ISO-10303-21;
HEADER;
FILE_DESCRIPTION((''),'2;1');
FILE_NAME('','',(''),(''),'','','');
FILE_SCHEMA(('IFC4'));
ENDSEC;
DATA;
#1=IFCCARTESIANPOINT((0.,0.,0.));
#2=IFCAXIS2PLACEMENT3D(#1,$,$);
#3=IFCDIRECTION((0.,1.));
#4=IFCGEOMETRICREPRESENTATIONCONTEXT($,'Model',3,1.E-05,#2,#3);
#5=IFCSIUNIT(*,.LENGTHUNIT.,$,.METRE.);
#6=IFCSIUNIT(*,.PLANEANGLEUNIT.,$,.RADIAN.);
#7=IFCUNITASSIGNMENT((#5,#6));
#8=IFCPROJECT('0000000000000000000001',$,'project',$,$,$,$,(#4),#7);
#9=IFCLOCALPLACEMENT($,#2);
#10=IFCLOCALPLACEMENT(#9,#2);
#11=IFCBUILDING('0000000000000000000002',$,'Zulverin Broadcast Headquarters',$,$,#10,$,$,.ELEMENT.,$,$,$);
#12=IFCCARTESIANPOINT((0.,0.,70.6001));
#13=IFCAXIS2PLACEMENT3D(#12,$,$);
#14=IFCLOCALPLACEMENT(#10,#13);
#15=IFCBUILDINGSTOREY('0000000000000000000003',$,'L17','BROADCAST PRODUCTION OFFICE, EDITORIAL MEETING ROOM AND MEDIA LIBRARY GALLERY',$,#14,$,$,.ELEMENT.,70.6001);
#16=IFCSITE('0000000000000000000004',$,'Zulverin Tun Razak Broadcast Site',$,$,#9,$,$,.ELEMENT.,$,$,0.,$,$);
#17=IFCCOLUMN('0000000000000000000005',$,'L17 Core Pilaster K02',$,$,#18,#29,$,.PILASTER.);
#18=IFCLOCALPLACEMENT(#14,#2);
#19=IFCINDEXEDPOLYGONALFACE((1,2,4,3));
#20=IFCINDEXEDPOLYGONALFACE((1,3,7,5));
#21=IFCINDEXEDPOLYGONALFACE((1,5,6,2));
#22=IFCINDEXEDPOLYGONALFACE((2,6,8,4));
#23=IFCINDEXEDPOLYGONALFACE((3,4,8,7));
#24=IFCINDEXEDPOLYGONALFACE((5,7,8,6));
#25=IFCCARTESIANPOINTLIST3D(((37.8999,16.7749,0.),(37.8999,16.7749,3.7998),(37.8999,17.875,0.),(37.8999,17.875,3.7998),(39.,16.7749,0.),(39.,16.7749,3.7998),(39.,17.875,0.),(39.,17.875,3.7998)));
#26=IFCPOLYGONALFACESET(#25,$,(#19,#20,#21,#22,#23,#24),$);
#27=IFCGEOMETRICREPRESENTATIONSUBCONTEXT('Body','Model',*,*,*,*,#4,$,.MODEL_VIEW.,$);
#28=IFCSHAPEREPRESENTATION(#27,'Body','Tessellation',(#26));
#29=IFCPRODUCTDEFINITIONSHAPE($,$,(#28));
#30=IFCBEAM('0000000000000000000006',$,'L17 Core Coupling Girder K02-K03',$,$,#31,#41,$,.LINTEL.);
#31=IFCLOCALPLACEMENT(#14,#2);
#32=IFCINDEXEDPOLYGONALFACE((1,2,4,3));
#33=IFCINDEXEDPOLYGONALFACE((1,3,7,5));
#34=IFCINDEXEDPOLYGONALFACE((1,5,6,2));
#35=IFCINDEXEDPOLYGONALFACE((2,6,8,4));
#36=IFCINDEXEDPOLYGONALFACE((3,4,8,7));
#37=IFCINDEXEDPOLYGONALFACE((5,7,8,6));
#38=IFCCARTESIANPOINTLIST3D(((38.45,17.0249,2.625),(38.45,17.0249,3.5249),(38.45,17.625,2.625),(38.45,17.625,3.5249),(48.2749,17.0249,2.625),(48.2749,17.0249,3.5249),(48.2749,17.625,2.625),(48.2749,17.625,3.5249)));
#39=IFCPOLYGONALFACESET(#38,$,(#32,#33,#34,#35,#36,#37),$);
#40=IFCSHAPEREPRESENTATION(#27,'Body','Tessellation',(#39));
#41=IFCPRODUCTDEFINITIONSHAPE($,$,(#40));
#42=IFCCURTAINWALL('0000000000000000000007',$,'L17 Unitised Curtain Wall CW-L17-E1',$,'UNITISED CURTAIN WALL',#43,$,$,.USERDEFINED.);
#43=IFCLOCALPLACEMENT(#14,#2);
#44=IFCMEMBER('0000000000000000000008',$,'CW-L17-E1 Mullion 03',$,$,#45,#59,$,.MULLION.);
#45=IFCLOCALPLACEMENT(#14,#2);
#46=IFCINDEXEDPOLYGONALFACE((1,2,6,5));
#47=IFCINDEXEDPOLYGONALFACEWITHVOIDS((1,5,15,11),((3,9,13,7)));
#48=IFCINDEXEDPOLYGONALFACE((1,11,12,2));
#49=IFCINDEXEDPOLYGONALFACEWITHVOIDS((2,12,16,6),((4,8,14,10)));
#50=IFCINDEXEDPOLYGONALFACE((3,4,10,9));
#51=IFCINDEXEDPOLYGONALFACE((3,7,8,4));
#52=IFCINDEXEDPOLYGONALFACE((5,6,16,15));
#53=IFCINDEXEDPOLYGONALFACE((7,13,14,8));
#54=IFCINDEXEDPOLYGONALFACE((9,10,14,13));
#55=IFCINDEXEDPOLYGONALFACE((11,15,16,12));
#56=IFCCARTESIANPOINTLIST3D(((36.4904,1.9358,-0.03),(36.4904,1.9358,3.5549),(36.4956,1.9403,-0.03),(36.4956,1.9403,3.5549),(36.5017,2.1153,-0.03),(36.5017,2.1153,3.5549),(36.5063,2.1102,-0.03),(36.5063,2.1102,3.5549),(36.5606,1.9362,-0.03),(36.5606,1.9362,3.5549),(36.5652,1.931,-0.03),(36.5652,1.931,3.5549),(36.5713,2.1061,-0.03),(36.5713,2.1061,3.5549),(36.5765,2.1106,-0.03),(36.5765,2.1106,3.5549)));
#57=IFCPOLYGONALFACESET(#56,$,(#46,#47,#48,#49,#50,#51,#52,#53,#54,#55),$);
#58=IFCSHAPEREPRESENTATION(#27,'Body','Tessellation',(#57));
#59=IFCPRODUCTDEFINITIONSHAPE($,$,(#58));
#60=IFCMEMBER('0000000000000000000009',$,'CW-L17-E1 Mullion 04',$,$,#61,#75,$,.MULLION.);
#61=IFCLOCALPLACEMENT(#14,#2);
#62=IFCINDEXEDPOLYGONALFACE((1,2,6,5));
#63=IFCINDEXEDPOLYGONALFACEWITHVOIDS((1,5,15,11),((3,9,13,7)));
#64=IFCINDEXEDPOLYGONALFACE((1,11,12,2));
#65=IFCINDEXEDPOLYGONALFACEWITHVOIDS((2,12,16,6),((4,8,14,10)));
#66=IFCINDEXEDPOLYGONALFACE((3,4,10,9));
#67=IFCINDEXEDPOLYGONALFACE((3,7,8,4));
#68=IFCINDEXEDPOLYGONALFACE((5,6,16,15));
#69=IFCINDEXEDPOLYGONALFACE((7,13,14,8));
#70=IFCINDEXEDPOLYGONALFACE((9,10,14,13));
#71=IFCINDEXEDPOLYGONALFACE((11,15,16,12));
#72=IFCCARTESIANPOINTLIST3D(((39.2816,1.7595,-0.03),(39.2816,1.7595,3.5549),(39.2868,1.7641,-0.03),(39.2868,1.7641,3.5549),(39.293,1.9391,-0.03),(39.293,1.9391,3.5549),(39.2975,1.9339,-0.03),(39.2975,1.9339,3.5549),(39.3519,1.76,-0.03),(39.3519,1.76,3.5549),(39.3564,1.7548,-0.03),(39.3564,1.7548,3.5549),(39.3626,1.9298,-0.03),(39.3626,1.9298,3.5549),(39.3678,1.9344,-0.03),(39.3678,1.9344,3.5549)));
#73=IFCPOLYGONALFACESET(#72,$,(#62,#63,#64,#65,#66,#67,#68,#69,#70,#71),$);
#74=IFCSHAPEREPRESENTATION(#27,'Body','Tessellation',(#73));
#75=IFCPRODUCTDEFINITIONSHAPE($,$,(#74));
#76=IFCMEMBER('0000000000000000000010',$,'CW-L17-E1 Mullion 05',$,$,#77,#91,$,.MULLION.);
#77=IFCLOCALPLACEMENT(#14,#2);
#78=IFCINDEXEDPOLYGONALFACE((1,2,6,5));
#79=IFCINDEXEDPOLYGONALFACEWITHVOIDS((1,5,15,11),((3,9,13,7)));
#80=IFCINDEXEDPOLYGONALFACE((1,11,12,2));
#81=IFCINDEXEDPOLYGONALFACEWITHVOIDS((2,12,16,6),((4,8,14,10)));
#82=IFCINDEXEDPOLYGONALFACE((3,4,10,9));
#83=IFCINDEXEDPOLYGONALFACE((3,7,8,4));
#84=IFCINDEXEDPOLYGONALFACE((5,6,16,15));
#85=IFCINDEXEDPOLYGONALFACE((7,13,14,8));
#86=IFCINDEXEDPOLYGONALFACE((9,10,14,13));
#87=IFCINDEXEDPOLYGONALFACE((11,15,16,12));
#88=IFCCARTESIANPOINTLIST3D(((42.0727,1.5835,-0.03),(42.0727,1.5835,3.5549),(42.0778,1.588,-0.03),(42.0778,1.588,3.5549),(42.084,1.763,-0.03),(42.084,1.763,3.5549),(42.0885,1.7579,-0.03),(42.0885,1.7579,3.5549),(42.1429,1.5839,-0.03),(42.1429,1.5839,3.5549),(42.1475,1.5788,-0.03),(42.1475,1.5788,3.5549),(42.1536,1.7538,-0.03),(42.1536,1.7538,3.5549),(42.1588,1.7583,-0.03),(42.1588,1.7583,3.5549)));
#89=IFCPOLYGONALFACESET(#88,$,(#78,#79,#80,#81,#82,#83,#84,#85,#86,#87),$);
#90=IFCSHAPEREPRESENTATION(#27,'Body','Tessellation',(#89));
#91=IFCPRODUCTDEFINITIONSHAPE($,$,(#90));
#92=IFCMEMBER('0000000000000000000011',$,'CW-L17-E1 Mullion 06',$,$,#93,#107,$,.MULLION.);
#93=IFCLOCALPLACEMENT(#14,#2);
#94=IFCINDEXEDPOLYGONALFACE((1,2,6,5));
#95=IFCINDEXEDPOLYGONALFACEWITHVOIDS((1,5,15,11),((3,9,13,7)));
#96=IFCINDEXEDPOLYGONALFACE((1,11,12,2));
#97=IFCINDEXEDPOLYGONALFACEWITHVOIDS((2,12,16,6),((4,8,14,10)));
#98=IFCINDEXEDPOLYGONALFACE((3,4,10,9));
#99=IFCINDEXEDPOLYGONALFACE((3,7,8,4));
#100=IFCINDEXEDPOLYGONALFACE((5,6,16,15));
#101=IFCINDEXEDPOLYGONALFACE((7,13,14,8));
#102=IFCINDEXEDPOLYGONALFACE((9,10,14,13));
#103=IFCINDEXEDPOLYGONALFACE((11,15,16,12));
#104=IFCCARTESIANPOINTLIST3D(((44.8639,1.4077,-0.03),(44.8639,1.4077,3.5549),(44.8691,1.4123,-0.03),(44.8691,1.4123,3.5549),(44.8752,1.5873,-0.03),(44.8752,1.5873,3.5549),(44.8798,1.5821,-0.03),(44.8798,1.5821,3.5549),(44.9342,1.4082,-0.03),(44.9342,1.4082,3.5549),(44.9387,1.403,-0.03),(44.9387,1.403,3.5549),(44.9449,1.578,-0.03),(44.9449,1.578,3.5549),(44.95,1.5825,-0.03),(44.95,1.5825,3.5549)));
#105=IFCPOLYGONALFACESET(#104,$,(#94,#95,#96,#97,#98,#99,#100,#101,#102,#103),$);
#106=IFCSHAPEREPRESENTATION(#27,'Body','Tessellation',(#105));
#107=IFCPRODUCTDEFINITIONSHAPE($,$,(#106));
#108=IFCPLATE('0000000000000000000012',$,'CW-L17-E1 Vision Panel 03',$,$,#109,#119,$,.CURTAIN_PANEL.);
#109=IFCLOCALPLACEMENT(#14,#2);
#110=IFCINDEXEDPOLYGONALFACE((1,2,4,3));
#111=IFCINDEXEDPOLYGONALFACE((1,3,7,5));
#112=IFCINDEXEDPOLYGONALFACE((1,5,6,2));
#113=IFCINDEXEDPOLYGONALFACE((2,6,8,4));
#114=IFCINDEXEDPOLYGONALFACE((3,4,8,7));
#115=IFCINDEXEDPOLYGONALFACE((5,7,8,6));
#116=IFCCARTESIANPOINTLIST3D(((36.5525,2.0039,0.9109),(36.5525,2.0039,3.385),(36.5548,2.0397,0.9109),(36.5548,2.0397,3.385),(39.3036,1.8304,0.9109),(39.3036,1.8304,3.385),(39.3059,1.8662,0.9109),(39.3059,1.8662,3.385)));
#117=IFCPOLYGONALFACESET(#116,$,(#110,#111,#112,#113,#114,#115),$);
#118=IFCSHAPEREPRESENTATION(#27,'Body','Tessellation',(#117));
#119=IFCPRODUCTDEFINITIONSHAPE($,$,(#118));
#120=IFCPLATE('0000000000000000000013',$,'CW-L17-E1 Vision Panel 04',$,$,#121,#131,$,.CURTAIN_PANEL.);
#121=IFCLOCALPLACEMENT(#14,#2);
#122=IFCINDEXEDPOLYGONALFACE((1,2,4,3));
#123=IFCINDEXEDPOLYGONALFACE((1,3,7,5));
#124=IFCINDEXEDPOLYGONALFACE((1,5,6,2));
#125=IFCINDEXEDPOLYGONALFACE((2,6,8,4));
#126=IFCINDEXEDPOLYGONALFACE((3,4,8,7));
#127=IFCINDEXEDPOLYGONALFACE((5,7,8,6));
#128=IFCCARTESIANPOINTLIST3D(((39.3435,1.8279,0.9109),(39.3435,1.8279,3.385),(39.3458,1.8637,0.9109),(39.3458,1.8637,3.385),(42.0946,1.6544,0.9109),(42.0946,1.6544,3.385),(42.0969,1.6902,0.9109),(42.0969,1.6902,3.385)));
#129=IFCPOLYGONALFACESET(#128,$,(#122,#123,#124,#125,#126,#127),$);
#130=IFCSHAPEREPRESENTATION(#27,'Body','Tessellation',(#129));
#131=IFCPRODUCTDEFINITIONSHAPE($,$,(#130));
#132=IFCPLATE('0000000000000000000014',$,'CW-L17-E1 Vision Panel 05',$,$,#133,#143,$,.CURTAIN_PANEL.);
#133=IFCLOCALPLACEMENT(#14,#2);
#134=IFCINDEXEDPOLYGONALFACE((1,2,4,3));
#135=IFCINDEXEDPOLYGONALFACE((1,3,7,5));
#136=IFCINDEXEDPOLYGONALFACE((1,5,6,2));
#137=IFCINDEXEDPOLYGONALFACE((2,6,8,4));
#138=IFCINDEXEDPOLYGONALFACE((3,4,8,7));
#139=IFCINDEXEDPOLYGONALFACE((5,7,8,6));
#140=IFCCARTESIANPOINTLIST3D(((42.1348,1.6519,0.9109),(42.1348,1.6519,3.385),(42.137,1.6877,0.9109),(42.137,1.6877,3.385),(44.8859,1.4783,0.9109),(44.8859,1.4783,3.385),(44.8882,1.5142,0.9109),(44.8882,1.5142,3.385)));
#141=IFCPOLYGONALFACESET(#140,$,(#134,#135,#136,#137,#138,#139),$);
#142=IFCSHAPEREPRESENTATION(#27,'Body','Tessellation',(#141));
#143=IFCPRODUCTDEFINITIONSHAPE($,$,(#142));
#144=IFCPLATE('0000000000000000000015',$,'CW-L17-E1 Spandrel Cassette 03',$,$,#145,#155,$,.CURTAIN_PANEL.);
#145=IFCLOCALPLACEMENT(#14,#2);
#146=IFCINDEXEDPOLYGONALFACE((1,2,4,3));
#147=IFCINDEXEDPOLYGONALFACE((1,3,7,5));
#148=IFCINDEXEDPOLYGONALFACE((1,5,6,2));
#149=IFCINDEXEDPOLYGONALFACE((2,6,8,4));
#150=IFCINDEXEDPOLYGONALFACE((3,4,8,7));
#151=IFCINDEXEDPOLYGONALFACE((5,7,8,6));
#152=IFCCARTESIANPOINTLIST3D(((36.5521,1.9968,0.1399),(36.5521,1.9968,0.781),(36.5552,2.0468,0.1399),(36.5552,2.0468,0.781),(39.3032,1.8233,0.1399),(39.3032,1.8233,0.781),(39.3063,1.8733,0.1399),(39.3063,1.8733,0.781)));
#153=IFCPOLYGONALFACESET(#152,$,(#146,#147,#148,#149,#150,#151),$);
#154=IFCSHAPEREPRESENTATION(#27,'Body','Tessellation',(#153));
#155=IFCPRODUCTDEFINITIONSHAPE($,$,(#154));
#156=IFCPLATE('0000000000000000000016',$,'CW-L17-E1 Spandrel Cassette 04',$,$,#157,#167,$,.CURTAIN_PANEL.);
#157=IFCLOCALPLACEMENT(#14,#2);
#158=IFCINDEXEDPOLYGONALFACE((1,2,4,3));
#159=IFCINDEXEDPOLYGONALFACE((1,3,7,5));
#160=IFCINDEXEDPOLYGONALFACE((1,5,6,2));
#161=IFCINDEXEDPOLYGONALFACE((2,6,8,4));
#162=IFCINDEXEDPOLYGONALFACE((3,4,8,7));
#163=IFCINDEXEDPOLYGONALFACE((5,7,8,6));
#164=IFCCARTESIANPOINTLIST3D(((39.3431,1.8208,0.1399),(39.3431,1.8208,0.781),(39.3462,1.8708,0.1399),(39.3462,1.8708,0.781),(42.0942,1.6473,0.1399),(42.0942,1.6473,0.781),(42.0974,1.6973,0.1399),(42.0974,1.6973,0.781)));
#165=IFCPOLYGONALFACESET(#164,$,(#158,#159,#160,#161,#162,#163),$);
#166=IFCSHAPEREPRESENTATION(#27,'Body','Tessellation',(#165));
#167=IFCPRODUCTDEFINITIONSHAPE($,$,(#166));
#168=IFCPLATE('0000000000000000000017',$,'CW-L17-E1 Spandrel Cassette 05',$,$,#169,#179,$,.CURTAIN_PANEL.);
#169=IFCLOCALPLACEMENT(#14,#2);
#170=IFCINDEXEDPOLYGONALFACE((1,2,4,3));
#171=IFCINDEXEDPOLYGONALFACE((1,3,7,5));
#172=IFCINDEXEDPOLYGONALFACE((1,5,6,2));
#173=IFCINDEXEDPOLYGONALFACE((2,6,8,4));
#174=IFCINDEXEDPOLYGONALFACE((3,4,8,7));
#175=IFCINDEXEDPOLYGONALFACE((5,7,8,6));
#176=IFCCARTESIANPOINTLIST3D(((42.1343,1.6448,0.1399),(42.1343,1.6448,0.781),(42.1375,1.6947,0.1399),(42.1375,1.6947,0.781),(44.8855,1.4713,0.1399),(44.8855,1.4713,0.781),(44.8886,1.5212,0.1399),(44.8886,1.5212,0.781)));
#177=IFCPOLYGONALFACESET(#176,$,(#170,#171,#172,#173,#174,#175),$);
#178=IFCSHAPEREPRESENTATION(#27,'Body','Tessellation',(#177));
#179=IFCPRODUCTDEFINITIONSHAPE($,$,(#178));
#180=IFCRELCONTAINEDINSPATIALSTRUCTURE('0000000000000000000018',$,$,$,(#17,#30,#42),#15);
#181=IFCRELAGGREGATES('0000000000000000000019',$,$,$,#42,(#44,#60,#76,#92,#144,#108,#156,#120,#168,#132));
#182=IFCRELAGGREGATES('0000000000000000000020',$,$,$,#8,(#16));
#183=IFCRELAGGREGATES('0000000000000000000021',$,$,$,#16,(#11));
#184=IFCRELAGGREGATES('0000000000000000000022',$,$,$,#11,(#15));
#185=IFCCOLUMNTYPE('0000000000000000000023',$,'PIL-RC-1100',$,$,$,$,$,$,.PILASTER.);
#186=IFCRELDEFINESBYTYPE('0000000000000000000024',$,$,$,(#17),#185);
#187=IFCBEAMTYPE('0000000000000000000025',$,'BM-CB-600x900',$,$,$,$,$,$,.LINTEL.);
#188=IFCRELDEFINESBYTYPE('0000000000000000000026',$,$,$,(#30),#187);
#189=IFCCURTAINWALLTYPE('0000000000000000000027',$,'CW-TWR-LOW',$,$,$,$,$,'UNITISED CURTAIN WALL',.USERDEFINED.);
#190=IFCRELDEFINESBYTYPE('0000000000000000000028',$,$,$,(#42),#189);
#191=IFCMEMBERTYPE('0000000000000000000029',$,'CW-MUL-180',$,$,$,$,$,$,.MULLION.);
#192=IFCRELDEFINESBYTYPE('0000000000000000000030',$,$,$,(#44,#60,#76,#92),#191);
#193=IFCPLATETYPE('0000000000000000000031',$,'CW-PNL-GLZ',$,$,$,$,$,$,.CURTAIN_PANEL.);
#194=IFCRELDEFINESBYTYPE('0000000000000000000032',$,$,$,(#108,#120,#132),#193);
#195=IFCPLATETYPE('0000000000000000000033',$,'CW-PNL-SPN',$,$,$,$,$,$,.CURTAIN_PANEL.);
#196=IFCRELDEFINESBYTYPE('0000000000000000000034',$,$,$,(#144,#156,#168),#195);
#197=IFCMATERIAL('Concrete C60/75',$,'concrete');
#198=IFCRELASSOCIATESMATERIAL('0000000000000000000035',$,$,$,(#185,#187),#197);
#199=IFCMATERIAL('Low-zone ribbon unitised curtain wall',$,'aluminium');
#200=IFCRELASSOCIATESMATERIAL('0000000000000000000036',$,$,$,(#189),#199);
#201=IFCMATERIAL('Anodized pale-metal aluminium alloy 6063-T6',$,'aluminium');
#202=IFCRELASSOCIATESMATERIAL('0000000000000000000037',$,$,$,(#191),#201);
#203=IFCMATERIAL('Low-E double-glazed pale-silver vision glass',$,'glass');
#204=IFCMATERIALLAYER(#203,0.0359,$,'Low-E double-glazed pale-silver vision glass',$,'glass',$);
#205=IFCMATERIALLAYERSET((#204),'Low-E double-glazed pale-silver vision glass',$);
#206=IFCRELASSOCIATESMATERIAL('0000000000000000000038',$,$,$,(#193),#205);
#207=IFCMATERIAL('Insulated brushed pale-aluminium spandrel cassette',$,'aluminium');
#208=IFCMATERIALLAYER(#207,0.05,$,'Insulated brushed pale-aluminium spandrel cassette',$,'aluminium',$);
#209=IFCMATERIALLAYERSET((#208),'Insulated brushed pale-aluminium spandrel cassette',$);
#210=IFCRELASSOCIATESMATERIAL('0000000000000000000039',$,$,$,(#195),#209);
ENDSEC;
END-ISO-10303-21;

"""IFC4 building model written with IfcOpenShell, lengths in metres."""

from ifc_helpers import new_model, si_unit, direction, frame, origin, origin_2d, place, context, subcontext, project, spatial, rectangle, hollow_rectangle, extrude, material, layer, layer_set, material_profile, profile_set, type_object, element, aggregate, save


model = new_model("IFC4")

# Units and contexts
model_context = context("Model", 3, precision=1e-05, world=origin(), true_north=direction((0.0, 1.0)))
body_context = subcontext(model_context, "Body", "Model", "MODEL_VIEW")
ifc_project = project(units=[si_unit("LENGTHUNIT", "METRE"), si_unit("PLANEANGLEUNIT", "RADIAN")], contexts=[model_context])

# Site, building, storey
site_placement = place(None, origin())
site = spatial("IfcSite", under=ifc_project, at=site_placement, Name="Zulverin Tun Razak Broadcast Site", CompositionType="ELEMENT", RefElevation=0.0)
building_placement = place(site_placement, origin())
building = spatial("IfcBuilding", under=site, at=building_placement, Name="Zulverin Broadcast Headquarters", CompositionType="ELEMENT")
storey_placement = place(building_placement, frame((0.0, 0.0, 70.6001)))
storey = spatial("IfcBuildingStorey", under=building, at=storey_placement, Name="L17", Description="BROADCAST PRODUCTION OFFICE, EDITORIAL MEETING ROOM AND MEDIA LIBRARY GALLERY", CompositionType="ELEMENT", Elevation=70.6001)

# Column
ifc_material_1 = material(Name="Concrete C60/75", Category="concrete")
ifc_material_profile_1 = material_profile(ifc_material_1, rectangle(XDim=1.1001, YDim=1.1001, at=origin_2d()), Name="Concrete C60/75", Category="concrete")
ifc_profile_set_1 = profile_set([ifc_material_profile_1], Name="Concrete C60/75")
column_type = type_object("IfcColumnType", Name="PIL-RC-1100", PredefinedType="PILASTER", material=ifc_profile_set_1)
column_placement = place(storey_placement, frame((38.45, 17.325, 0.0), z_axis=(0.0, 0.0, 1.0), x_axis=(1.0, 0.0, 0.0)))
element("IfcColumn", 1, at=column_placement, inside=storey, type_object=column_type, Name="L17 Core Pilaster K02", PredefinedType="PILASTER", context=body_context, shape_type="SweptSolid", body=[
    extrude(rectangle(XDim=1.1001, YDim=1.1001, at=origin_2d()), origin(), (0.0, 0.0, 1.0), 3.7998),
])

# Beam
ifc_material_profile_2 = material_profile(ifc_material_1, rectangle(XDim=0.6001, YDim=0.8999, at=origin_2d()), Name="Concrete C60/75", Category="concrete")
ifc_profile_set_2 = profile_set([ifc_material_profile_2], Name="Concrete C60/75")
beam_type = type_object("IfcBeamType", Name="BM-CB-600x900", PredefinedType="LINTEL", material=ifc_profile_set_2)
beam_placement = place(storey_placement, frame((38.45, 17.325, 3.075), z_axis=(1.0, 0.0, 0.0), x_axis=(0.0, 1.0, 0.0)))
element("IfcBeam", 2, at=beam_placement, inside=storey, type_object=beam_type, Name="L17 Core Coupling Girder K02-K03", PredefinedType="LINTEL", context=body_context, shape_type="SweptSolid", body=[
    extrude(rectangle(XDim=0.6001, YDim=0.8999, at=origin_2d()), origin(), (0.0, 0.0, 1.0), 9.825),
])

# Curtain wall, members, plates
ifc_material_2 = material(Name="Low-zone ribbon unitised curtain wall", Category="aluminium")
curtain_wall_type = type_object("IfcCurtainWallType", Name="CW-TWR-LOW", ElementType="UNITISED CURTAIN WALL", PredefinedType="USERDEFINED", material=ifc_material_2)
curtain_wall_placement = place(storey_placement, origin())
curtain_wall = element("IfcCurtainWall", 3, at=curtain_wall_placement, inside=storey, type_object=curtain_wall_type, Name="L17 Unitised Curtain Wall CW-L17-E1", ObjectType="UNITISED CURTAIN WALL", PredefinedType="USERDEFINED")
ifc_material_3 = material(Name="Anodized pale-metal aluminium alloy 6063-T6", Category="aluminium")
ifc_material_profile_3 = material_profile(ifc_material_3, hollow_rectangle(XDim=0.075, YDim=0.1799, WallThickness=0.0049, at=origin_2d()), Name="Anodized pale-metal aluminium alloy 6063-T6", Category="aluminium")
ifc_profile_set_3 = profile_set([ifc_material_profile_3], Name="Anodized pale-metal aluminium alloy 6063-T6")
member_type = type_object("IfcMemberType", Name="CW-MUL-180", PredefinedType="MULLION", material=ifc_profile_set_3)
member_1_placement = place(storey_placement, frame((36.5334, 2.0232, -0.03), z_axis=(0.0, 0.0, 1.0), x_axis=(0.998017, -0.062942, 0.0)))
member_1 = element("IfcMember", 4, at=member_1_placement, type_object=member_type, Name="CW-L17-E1 Mullion 03", PredefinedType="MULLION", context=body_context, shape_type="SweptSolid", body=[
    extrude(hollow_rectangle(XDim=0.075, YDim=0.1799, WallThickness=0.0049, at=origin_2d()), origin(), (0.0, 0.0, 1.0), 3.585),
])
member_2_placement = place(storey_placement, frame((39.3247, 1.8469, -0.03), z_axis=(0.0, 0.0, 1.0), x_axis=(0.998017, -0.062942, 0.0)))
member_2 = element("IfcMember", 5, at=member_2_placement, type_object=member_type, Name="CW-L17-E1 Mullion 04", PredefinedType="MULLION", context=body_context, shape_type="SweptSolid", body=[
    extrude(hollow_rectangle(XDim=0.075, YDim=0.1799, WallThickness=0.0049, at=origin_2d()), origin(), (0.0, 0.0, 1.0), 3.585),
])
member_3_placement = place(storey_placement, frame((42.1157, 1.6709, -0.03), z_axis=(0.0, 0.0, 1.0), x_axis=(0.998017, -0.062942, 0.0)))
member_3 = element("IfcMember", 6, at=member_3_placement, type_object=member_type, Name="CW-L17-E1 Mullion 05", PredefinedType="MULLION", context=body_context, shape_type="SweptSolid", body=[
    extrude(hollow_rectangle(XDim=0.075, YDim=0.1799, WallThickness=0.0049, at=origin_2d()), origin(), (0.0, 0.0, 1.0), 3.585),
])
member_4_placement = place(storey_placement, frame((44.907, 1.4951, -0.03), z_axis=(0.0, 0.0, 1.0), x_axis=(0.998017, -0.062942, 0.0)))
member_4 = element("IfcMember", 7, at=member_4_placement, type_object=member_type, Name="CW-L17-E1 Mullion 06", PredefinedType="MULLION", context=body_context, shape_type="SweptSolid", body=[
    extrude(hollow_rectangle(XDim=0.075, YDim=0.1799, WallThickness=0.0049, at=origin_2d()), origin(), (0.0, 0.0, 1.0), 3.585),
])
ifc_material_4 = material(Name="Low-E double-glazed pale-silver vision glass", Category="glass")
ifc_layer_1 = layer(ifc_material_4, 0.0359, Name="Low-E double-glazed pale-silver vision glass", Category="glass")
ifc_layer_set_1 = layer_set([ifc_layer_1], Name="Low-E double-glazed pale-silver vision glass")
plate_type_1 = type_object("IfcPlateType", Name="CW-PNL-GLZ", PredefinedType="CURTAIN_PANEL", material=ifc_layer_set_1)
plate_1_placement = place(storey_placement, frame((37.9292, 1.9351, 0.9109), z_axis=(0.0, 0.0, 1.0), x_axis=(0.998017, -0.062942, 0.0)))
plate_1 = element("IfcPlate", 8, at=plate_1_placement, type_object=plate_type_1, Name="CW-L17-E1 Vision Panel 03", PredefinedType="CURTAIN_PANEL", context=body_context, shape_type="SweptSolid", body=[
    extrude(rectangle(XDim=2.7566, YDim=0.0359, at=origin_2d()), origin(), (0.0, 0.0, 1.0), 2.4741),
])
plate_2_placement = place(storey_placement, frame((40.7202, 1.759, 0.9109), z_axis=(0.0, 0.0, 1.0), x_axis=(0.998017, -0.062942, 0.0)))
plate_2 = element("IfcPlate", 9, at=plate_2_placement, type_object=plate_type_1, Name="CW-L17-E1 Vision Panel 04", PredefinedType="CURTAIN_PANEL", context=body_context, shape_type="SweptSolid", body=[
    extrude(rectangle(XDim=2.7566, YDim=0.0359, at=origin_2d()), origin(), (0.0, 0.0, 1.0), 2.4741),
])
plate_3_placement = place(storey_placement, frame((43.5115, 1.583, 0.9109), z_axis=(0.0, 0.0, 1.0), x_axis=(0.998017, -0.062942, 0.0)))
plate_3 = element("IfcPlate", 10, at=plate_3_placement, type_object=plate_type_1, Name="CW-L17-E1 Vision Panel 05", PredefinedType="CURTAIN_PANEL", context=body_context, shape_type="SweptSolid", body=[
    extrude(rectangle(XDim=2.7566, YDim=0.0359, at=origin_2d()), origin(), (0.0, 0.0, 1.0), 2.4741),
])
ifc_material_5 = material(Name="Insulated brushed pale-aluminium spandrel cassette", Category="aluminium")
ifc_layer_2 = layer(ifc_material_5, 0.05, Name="Insulated brushed pale-aluminium spandrel cassette", Category="aluminium")
ifc_layer_set_2 = layer_set([ifc_layer_2], Name="Insulated brushed pale-aluminium spandrel cassette")
plate_type_2 = type_object("IfcPlateType", Name="CW-PNL-SPN", PredefinedType="CURTAIN_PANEL", material=ifc_layer_set_2)
plate_4_placement = place(storey_placement, frame((37.9292, 1.9351, 0.1399), z_axis=(0.0, 0.0, 1.0), x_axis=(0.998017, -0.062942, 0.0)))
plate_4 = element("IfcPlate", 11, at=plate_4_placement, type_object=plate_type_2, Name="CW-L17-E1 Spandrel Cassette 03", PredefinedType="CURTAIN_PANEL", context=body_context, shape_type="SweptSolid", body=[
    extrude(rectangle(XDim=2.7566, YDim=0.05, at=origin_2d()), origin(), (0.0, 0.0, 1.0), 0.6411),
])
plate_5_placement = place(storey_placement, frame((40.7202, 1.759, 0.1399), z_axis=(0.0, 0.0, 1.0), x_axis=(0.998017, -0.062942, 0.0)))
plate_5 = element("IfcPlate", 12, at=plate_5_placement, type_object=plate_type_2, Name="CW-L17-E1 Spandrel Cassette 04", PredefinedType="CURTAIN_PANEL", context=body_context, shape_type="SweptSolid", body=[
    extrude(rectangle(XDim=2.7566, YDim=0.05, at=origin_2d()), origin(), (0.0, 0.0, 1.0), 0.6411),
])
plate_6_placement = place(storey_placement, frame((43.5115, 1.583, 0.1399), z_axis=(0.0, 0.0, 1.0), x_axis=(0.998017, -0.062942, 0.0)))
plate_6 = element("IfcPlate", 13, at=plate_6_placement, type_object=plate_type_2, Name="CW-L17-E1 Spandrel Cassette 05", PredefinedType="CURTAIN_PANEL", context=body_context, shape_type="SweptSolid", body=[
    extrude(rectangle(XDim=2.7566, YDim=0.05, at=origin_2d()), origin(), (0.0, 0.0, 1.0), 0.6411),
])
aggregate(curtain_wall, [member_1, member_2, member_3, member_4, plate_4, plate_1, plate_5, plate_2, plate_6, plate_3])

save(model, "model.ifc")
